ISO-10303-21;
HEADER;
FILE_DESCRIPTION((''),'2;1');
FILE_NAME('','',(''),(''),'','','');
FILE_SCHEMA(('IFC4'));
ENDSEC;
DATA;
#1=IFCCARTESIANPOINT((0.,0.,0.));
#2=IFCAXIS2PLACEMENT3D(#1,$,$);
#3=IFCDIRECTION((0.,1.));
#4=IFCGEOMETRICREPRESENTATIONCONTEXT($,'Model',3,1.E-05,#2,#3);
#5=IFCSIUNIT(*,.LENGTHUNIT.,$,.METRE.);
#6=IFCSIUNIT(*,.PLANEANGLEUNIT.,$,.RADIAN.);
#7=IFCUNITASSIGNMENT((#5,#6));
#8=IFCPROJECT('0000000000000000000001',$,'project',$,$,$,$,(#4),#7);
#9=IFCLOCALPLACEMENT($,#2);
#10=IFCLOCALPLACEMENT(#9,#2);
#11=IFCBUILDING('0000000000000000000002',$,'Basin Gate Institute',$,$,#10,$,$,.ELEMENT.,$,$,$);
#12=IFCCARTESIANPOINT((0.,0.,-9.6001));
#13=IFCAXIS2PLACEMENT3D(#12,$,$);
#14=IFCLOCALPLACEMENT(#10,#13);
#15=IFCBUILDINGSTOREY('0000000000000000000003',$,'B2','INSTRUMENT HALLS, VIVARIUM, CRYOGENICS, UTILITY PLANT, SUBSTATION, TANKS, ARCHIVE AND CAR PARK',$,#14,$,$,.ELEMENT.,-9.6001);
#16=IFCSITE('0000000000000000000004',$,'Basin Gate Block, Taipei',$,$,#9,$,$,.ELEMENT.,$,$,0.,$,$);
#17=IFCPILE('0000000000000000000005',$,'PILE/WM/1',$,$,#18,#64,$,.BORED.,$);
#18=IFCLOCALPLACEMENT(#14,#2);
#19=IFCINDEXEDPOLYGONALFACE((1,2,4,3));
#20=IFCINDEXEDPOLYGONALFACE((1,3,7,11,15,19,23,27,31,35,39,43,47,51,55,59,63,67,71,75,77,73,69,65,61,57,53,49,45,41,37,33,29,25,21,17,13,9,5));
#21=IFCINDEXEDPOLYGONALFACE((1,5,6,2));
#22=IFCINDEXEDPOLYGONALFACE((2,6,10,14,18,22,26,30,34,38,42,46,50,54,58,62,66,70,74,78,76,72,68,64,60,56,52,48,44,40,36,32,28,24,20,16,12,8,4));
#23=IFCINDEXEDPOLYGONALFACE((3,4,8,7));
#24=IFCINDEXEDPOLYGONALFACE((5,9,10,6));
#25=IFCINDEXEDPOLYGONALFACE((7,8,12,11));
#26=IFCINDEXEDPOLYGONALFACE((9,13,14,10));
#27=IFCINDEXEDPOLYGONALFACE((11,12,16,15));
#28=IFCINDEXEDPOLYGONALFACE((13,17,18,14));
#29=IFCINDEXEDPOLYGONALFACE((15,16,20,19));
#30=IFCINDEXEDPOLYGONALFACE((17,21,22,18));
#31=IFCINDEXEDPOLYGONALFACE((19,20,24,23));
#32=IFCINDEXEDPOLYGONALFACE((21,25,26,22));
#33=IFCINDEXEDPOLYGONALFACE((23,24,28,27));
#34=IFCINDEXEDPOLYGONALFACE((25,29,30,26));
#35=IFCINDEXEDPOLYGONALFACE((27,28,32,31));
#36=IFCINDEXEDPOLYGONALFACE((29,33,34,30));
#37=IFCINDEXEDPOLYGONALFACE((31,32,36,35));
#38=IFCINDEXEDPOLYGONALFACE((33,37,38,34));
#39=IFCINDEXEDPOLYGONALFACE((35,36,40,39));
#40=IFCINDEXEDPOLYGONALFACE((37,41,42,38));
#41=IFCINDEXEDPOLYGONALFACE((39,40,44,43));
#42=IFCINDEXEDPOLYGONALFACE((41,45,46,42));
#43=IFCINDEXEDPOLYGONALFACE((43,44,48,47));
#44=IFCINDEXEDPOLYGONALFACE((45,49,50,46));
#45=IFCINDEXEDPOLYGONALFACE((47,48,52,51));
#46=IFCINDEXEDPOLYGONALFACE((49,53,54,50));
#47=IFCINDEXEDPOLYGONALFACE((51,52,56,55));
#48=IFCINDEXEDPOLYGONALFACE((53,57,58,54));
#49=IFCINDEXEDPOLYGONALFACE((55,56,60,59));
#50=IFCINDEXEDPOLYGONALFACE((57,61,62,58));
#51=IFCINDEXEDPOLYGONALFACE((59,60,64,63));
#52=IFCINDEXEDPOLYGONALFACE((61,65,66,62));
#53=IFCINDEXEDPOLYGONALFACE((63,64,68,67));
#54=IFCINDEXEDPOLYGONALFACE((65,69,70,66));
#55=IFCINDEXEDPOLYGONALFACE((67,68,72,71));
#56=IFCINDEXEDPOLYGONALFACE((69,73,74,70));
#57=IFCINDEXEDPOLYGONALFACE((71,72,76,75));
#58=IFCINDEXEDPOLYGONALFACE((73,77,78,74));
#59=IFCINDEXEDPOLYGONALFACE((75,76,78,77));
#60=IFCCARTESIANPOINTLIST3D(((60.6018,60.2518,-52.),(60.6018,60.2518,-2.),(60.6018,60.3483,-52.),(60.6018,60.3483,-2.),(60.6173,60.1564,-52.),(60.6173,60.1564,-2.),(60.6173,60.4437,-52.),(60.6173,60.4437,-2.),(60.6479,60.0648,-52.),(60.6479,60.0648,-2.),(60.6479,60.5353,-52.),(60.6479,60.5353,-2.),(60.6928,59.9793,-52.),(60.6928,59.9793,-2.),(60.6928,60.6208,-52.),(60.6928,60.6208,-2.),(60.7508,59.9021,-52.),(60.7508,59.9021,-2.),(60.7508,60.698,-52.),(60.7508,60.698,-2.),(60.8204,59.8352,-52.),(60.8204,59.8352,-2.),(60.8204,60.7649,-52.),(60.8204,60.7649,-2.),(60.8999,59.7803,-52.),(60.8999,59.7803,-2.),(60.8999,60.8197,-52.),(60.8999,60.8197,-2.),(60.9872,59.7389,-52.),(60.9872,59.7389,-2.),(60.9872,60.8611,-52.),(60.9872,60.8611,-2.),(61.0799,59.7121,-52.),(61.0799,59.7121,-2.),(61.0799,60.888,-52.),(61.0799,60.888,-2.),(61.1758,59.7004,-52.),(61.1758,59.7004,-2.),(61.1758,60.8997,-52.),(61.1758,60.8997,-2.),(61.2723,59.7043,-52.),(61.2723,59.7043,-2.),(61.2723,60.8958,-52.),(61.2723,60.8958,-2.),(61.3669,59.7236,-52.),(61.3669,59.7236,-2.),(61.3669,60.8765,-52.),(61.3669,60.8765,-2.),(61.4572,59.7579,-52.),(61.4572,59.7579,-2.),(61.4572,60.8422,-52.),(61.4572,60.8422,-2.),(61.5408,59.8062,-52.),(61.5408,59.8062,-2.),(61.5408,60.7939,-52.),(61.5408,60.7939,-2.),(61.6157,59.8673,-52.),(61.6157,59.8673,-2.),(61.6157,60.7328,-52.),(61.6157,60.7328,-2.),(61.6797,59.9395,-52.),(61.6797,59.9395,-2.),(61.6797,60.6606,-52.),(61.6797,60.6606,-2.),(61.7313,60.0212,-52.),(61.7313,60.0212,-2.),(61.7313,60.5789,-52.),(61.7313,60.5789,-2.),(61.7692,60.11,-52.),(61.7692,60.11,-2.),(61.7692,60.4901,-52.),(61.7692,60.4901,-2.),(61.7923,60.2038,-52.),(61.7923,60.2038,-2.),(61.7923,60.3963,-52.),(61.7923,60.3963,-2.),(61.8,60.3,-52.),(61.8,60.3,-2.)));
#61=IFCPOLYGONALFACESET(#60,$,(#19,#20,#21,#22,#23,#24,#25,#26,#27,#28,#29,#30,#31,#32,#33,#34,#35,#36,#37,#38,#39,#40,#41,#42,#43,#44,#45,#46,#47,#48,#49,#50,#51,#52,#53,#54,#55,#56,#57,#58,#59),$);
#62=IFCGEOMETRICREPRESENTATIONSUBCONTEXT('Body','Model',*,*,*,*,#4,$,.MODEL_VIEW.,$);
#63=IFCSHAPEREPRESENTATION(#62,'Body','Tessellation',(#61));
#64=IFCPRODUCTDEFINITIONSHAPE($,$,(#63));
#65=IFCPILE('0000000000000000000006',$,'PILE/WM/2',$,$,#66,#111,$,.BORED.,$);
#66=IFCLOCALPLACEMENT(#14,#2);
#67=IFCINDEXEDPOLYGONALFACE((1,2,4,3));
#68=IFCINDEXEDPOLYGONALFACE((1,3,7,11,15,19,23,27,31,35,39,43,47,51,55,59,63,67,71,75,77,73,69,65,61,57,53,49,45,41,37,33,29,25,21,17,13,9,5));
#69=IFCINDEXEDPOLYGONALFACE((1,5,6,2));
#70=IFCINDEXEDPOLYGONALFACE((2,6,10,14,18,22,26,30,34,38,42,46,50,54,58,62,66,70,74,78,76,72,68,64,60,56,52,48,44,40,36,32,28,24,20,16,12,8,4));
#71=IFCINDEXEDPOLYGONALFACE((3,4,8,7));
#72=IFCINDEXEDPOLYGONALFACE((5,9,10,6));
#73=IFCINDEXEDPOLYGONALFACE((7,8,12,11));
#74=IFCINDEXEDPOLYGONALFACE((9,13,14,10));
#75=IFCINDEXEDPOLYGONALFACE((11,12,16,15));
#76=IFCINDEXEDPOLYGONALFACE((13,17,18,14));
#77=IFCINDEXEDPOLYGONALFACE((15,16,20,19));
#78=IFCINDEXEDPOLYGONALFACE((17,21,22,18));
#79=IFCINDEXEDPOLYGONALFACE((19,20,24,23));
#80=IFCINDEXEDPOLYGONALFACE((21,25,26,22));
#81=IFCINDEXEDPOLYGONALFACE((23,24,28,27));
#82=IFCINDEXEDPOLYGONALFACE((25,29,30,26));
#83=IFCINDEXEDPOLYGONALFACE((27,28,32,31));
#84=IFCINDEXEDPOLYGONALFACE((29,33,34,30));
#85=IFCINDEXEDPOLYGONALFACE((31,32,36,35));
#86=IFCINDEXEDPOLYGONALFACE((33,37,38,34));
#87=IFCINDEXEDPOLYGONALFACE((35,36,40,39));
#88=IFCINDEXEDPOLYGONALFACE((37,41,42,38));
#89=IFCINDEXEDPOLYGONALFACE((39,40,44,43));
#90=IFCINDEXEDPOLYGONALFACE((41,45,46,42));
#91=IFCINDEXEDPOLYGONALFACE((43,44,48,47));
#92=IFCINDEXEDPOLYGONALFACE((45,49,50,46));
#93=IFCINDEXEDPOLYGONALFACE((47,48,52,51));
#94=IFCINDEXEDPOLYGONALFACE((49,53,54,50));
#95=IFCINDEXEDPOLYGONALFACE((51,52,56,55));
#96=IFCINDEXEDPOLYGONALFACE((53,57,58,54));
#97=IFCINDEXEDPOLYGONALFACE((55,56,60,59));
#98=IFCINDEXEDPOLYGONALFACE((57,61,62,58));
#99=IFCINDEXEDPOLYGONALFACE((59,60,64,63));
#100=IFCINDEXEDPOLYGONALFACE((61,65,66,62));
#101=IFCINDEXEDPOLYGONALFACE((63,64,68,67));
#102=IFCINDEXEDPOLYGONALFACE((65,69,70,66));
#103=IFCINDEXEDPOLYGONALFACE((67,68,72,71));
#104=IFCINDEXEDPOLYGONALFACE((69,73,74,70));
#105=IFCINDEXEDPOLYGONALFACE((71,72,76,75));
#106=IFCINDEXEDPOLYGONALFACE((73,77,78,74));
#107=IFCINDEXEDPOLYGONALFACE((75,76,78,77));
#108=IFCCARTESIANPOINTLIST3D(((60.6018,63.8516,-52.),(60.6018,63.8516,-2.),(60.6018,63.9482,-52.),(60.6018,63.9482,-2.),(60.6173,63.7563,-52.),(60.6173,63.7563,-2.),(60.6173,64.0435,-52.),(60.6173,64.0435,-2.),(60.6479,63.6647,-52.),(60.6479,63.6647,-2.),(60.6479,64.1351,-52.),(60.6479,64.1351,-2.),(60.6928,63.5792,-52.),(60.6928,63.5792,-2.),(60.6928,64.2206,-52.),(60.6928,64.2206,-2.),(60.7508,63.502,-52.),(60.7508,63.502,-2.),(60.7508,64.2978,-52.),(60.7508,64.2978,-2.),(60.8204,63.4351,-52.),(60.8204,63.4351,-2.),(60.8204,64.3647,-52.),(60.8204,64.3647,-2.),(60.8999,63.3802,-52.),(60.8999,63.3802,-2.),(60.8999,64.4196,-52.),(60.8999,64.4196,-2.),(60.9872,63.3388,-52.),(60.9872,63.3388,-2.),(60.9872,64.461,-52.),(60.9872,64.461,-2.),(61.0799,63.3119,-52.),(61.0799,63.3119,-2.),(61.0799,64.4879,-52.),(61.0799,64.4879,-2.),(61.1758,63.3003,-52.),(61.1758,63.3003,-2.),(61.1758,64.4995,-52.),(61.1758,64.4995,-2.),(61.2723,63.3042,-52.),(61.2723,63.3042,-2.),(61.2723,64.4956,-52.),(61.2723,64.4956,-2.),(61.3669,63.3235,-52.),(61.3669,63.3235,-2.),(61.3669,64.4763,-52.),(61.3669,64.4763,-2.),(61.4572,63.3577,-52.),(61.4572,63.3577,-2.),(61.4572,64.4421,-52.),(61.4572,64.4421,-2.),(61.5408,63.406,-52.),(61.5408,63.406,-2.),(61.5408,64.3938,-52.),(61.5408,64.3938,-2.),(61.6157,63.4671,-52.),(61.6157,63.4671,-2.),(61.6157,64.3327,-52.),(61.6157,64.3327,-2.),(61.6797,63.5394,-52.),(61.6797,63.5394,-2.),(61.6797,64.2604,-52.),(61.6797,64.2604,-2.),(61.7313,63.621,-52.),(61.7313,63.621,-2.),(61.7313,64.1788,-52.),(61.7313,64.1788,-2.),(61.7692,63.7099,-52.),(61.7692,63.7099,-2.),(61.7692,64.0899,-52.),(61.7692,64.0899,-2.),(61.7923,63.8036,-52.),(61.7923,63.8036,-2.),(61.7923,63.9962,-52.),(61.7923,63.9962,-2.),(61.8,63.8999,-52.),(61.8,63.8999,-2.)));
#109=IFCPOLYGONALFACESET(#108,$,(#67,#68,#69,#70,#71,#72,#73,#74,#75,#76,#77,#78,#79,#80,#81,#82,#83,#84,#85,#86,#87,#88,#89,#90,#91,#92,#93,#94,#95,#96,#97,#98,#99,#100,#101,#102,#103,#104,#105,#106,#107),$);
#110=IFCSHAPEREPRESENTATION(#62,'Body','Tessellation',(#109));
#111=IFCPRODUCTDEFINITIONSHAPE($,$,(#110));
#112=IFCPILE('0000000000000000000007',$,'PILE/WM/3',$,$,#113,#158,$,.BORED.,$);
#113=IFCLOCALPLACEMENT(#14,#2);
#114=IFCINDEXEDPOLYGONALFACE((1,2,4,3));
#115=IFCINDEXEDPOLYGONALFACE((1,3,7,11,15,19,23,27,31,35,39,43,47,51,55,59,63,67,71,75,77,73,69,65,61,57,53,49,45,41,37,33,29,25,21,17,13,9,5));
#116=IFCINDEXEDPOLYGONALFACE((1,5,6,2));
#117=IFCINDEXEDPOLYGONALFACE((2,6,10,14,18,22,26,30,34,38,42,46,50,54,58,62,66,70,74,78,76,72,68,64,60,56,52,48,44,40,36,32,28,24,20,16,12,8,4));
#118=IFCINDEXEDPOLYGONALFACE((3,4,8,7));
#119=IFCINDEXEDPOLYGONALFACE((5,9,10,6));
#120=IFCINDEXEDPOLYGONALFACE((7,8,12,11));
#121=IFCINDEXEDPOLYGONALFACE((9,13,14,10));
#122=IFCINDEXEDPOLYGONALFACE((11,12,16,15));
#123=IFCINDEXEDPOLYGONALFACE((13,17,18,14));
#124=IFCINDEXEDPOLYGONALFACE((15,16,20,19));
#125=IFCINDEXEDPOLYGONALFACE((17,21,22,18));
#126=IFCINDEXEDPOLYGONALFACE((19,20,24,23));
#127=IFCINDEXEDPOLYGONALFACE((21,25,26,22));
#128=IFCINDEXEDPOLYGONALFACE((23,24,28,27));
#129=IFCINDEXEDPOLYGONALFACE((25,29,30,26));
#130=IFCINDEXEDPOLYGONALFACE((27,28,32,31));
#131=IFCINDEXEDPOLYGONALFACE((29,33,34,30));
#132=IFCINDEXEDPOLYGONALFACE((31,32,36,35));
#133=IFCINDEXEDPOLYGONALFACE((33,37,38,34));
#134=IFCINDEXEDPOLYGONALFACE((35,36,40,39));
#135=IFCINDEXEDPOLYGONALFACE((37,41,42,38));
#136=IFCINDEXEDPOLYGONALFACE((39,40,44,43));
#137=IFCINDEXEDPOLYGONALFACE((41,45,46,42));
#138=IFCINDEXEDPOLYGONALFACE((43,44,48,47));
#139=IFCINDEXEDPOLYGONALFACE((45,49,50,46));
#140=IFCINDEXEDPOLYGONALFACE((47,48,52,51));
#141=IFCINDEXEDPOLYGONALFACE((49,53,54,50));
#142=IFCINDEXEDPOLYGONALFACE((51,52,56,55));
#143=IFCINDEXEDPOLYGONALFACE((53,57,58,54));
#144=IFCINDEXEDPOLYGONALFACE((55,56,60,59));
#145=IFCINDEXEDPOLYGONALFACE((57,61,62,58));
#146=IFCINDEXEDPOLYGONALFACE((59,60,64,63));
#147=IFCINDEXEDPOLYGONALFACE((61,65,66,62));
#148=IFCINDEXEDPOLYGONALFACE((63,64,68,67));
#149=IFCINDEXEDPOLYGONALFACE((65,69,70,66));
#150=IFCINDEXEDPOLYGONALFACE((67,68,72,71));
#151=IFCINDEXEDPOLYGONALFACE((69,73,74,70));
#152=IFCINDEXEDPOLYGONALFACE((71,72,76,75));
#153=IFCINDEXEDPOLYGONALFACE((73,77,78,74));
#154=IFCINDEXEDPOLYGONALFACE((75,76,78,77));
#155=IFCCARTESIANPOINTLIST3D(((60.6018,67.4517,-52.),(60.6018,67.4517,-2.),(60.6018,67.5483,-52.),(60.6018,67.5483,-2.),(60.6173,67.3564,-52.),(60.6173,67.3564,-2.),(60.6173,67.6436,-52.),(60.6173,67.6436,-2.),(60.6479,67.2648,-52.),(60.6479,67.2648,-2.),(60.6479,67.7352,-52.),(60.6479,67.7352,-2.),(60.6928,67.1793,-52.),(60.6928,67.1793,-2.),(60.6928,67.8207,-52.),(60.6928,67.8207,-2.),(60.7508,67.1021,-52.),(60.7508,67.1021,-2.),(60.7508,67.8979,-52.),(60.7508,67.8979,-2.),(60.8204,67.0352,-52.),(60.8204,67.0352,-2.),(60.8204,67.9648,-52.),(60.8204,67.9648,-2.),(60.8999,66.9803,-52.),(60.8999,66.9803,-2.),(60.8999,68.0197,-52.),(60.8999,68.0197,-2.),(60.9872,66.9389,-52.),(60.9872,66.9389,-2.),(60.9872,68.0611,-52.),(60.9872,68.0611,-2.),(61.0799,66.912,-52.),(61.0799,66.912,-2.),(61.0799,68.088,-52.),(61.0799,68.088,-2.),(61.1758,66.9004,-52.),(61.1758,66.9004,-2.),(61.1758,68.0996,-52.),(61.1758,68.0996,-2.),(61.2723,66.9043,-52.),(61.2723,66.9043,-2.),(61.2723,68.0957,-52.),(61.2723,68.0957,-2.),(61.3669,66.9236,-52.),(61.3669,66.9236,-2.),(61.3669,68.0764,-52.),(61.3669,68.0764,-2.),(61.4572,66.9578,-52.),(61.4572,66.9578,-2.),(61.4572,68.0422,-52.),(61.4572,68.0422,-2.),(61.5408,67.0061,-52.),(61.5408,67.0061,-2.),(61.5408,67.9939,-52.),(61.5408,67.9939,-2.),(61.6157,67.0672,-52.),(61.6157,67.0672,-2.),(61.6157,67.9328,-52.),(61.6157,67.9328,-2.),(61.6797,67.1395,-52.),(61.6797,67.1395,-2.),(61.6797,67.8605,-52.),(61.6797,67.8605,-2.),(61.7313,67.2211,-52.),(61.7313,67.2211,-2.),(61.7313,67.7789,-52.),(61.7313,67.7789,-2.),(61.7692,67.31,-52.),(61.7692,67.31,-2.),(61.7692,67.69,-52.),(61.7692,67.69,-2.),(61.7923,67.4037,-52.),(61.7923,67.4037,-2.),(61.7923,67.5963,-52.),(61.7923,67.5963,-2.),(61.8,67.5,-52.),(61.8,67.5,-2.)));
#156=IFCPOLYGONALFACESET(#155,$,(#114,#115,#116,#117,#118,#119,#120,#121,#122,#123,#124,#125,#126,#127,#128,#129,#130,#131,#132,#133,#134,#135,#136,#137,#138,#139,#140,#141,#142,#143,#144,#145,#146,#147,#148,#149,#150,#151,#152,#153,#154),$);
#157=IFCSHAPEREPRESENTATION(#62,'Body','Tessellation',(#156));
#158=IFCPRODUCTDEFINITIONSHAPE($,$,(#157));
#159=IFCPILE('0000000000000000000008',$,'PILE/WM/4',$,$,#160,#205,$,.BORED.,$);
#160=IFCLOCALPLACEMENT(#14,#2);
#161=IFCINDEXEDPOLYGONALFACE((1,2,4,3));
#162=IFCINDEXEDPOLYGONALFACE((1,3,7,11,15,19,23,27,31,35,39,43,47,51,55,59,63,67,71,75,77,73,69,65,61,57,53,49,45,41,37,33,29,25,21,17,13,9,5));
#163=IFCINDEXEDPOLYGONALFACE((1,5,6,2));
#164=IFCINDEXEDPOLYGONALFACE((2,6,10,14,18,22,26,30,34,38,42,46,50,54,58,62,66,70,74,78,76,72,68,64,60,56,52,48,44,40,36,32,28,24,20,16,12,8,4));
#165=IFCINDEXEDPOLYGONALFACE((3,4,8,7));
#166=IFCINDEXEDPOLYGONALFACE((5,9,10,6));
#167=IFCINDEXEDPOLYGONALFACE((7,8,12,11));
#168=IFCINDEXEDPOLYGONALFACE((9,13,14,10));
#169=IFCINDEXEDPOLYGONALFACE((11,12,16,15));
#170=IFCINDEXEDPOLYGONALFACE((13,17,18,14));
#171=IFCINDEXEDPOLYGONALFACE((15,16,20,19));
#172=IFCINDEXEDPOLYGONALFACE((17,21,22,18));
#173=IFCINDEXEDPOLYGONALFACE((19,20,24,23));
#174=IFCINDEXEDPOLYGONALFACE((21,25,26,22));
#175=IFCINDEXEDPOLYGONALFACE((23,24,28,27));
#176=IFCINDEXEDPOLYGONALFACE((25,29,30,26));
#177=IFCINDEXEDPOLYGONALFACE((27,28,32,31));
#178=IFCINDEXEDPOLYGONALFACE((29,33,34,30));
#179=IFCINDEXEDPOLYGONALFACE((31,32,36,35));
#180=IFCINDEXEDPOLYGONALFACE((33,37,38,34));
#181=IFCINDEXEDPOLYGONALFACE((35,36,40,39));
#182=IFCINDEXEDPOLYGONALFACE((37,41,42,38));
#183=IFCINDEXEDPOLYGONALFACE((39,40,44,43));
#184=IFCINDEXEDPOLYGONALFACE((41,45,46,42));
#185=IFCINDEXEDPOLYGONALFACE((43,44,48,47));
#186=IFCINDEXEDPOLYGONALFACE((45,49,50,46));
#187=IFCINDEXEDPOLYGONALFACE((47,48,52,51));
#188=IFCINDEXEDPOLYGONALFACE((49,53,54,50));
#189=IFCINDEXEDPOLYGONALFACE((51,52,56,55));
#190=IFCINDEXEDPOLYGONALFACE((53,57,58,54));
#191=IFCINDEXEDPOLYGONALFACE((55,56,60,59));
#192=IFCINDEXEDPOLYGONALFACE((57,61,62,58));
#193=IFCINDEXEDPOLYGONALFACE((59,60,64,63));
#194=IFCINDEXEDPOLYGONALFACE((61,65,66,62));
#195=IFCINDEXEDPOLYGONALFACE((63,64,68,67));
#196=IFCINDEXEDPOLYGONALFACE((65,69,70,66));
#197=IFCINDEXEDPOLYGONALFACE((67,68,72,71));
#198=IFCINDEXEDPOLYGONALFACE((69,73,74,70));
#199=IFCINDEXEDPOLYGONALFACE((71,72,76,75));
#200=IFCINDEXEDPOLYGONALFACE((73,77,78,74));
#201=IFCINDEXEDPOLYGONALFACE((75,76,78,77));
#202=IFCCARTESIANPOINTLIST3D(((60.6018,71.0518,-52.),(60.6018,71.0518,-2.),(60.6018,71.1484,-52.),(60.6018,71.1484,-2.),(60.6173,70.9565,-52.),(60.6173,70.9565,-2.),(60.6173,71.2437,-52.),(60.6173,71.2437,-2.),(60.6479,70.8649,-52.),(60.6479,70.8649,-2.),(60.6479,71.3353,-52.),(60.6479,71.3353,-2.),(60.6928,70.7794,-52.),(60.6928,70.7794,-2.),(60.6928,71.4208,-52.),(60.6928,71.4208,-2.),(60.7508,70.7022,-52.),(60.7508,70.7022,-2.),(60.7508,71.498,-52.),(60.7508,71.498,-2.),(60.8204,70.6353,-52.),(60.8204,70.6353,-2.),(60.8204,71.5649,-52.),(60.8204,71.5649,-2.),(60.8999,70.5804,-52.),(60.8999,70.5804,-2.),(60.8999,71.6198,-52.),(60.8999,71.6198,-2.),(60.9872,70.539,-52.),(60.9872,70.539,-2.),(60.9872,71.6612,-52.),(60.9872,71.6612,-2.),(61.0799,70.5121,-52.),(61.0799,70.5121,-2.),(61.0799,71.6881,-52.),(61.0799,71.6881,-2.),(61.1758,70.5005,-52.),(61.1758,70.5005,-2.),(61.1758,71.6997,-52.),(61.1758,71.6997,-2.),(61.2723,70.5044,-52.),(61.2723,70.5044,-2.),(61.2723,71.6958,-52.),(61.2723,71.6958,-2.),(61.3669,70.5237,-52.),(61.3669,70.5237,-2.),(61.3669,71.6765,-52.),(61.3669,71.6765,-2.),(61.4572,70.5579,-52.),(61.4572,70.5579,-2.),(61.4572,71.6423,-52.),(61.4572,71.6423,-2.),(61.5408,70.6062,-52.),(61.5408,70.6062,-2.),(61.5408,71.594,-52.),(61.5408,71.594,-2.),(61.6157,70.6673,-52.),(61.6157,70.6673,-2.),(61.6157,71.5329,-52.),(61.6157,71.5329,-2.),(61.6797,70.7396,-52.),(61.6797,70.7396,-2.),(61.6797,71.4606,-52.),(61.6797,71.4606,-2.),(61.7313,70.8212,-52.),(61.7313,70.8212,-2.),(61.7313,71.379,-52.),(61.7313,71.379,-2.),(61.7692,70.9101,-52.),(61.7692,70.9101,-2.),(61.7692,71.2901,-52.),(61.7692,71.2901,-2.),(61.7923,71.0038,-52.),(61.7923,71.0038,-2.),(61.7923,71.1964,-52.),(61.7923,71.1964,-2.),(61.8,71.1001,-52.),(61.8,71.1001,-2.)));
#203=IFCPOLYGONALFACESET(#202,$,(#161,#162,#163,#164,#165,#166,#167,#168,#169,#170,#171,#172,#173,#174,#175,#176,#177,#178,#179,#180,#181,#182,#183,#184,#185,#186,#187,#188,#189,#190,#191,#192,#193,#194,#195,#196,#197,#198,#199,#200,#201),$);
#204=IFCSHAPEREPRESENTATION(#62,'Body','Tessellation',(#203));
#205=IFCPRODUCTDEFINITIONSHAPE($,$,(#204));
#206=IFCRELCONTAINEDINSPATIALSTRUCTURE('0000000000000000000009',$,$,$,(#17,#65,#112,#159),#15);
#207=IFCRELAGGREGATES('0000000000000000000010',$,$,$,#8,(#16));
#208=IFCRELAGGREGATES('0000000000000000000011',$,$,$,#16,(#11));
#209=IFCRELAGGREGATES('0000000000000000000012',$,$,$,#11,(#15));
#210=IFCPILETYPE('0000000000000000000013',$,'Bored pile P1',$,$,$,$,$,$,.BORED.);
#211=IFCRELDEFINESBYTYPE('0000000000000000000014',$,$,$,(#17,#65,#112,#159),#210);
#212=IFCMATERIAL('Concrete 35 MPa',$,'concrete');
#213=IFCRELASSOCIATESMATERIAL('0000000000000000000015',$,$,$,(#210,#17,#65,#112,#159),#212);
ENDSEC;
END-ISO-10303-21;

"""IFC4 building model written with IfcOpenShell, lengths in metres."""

from ifc_helpers import new_model, si_unit, direction, frame, origin, origin_2d, place, context, subcontext, project, spatial, circle, extrude, material, material_profile, profile_set, type_object, element, save


model = new_model("IFC4")

# Units and contexts
model_context = context("Model", 3, precision=1e-05, world=origin(), true_north=direction((0.0, 1.0)))
body_context = subcontext(model_context, "Body", "Model", "MODEL_VIEW")
ifc_project = project(units=[si_unit("LENGTHUNIT", "METRE"), si_unit("PLANEANGLEUNIT", "RADIAN")], contexts=[model_context])

# Site, building, storey
site_placement = place(None, origin())
site = spatial("IfcSite", under=ifc_project, at=site_placement, Name="Basin Gate Block, Taipei", CompositionType="ELEMENT", RefElevation=0.0)
building_placement = place(site_placement, origin())
building = spatial("IfcBuilding", under=site, at=building_placement, Name="Basin Gate Institute", CompositionType="ELEMENT")
storey_placement = place(building_placement, frame((0.0, 0.0, -9.6001)))
storey = spatial("IfcBuildingStorey", under=building, at=storey_placement, Name="B2", Description="INSTRUMENT HALLS, VIVARIUM, CRYOGENICS, UTILITY PLANT, SUBSTATION, TANKS, ARCHIVE AND CAR PARK", CompositionType="ELEMENT", Elevation=-9.6001)

# Piles
ifc_material_1 = material(Name="Concrete 35 MPa", Category="concrete")
ifc_material_profile_1 = material_profile(ifc_material_1, circle(Radius=0.6001, at=origin_2d()), Name="Bored pile P1 1200 dia")
ifc_profile_set_1 = profile_set([ifc_material_profile_1], Name="Concrete 35 MPa")
pile_type = type_object("IfcPileType", Name="Bored pile P1", PredefinedType="BORED", material=ifc_profile_set_1)
for number, where, z_axis, x_axis, name in (
    (1, (61.2, 60.3, -2.0), (0.0, 0.0, -1.0), (1.0, 0.0, 0.0), "PILE/WM/1"),
    (2, (61.2, 63.8999, -2.0), (0.0, 0.0, -1.0), (1.0, 0.0, 0.0), "PILE/WM/2"),
    (3, (61.2, 67.5, -2.0), (0.0, 0.0, -1.0), (1.0, 0.0, 0.0), "PILE/WM/3"),
    (4, (61.2, 71.1001, -2.0), (0.0, 0.0, -1.0), (1.0, 0.0, 0.0), "PILE/WM/4"),
):
    element("IfcPile", number, at=place(storey_placement, frame(where, z_axis=z_axis, x_axis=x_axis)), inside=storey, type_object=pile_type, material=ifc_profile_set_1, Name=name, PredefinedType="BORED", context=body_context, shape_type="SweptSolid", body=[
        extrude(circle(Radius=0.6001, at=origin_2d()), origin(), (0.0, 0.0, 1.0), 50.0),
    ])

save(model, "model.ifc")
